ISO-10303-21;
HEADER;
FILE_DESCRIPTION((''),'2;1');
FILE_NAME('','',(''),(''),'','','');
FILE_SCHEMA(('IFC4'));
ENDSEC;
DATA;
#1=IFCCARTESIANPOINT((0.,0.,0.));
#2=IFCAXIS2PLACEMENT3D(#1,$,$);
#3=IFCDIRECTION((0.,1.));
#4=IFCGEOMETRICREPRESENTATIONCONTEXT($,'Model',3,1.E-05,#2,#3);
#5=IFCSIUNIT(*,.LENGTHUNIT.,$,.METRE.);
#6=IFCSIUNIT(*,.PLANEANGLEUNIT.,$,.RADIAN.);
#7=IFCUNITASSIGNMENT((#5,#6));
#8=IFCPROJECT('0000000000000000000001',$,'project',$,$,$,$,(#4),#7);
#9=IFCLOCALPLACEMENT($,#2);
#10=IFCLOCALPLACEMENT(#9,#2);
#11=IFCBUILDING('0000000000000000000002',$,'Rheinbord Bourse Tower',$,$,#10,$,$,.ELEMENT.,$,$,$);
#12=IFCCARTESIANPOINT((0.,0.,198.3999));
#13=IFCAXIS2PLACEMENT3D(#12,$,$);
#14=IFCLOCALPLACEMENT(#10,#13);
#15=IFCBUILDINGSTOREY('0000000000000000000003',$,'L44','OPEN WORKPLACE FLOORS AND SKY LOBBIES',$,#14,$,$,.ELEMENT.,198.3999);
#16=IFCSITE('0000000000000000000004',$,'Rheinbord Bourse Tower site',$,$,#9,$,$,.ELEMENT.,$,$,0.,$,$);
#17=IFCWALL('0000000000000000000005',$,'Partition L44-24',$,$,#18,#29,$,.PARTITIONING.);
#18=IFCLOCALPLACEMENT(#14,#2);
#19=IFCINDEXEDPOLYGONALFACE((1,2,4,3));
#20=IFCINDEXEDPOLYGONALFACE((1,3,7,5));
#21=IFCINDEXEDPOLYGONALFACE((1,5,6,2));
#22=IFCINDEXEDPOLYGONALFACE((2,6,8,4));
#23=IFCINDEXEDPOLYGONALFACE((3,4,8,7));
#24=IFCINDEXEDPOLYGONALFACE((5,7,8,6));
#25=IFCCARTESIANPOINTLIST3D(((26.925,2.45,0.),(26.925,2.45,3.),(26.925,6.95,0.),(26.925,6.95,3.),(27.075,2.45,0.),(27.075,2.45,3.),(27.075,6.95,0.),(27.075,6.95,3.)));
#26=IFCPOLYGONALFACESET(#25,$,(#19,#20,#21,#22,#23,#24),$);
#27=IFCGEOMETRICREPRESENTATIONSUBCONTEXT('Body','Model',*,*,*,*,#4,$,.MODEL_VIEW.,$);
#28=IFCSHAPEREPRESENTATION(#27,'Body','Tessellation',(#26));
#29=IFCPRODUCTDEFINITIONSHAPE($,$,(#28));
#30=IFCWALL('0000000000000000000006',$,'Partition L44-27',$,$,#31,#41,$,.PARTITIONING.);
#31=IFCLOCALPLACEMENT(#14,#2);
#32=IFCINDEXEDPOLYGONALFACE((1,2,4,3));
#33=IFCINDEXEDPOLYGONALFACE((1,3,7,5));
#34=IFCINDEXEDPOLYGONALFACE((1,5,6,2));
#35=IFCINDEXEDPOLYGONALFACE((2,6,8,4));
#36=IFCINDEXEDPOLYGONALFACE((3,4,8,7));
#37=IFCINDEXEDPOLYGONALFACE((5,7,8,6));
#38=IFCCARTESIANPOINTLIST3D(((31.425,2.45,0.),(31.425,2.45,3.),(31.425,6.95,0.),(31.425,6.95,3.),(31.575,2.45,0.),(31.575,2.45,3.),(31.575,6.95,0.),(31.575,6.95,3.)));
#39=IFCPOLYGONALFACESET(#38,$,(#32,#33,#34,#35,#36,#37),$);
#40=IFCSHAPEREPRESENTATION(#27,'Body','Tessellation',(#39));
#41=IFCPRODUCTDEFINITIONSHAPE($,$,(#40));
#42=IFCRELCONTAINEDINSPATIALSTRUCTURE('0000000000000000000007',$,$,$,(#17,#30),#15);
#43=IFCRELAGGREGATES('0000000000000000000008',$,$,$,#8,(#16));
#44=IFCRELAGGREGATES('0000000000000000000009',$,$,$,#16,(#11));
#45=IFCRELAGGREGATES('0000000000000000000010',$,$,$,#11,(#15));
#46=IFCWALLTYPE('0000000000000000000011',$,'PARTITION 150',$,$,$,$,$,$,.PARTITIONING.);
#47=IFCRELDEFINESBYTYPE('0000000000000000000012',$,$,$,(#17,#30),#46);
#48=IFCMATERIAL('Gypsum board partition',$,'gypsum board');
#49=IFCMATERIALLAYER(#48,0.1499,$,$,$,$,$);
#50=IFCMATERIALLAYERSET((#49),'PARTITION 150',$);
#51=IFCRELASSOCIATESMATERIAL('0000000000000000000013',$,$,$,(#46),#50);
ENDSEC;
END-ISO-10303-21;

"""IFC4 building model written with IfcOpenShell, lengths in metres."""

from ifc_helpers import new_model, si_unit, direction, frame, frame_2d, origin, place, context, subcontext, project, spatial, rectangle, extrude, material, layer, layer_set, type_object, element, save


model = new_model("IFC4")

# Units and contexts
model_context = context("Model", 3, precision=1e-05, world=origin(), true_north=direction((0.0, 1.0)))
body_context = subcontext(model_context, "Body", "Model", "MODEL_VIEW")
ifc_project = project(units=[si_unit("LENGTHUNIT", "METRE"), si_unit("PLANEANGLEUNIT", "RADIAN")], contexts=[model_context])

# Site, building, storey
site_placement = place(None, origin())
site = spatial("IfcSite", under=ifc_project, at=site_placement, Name="Rheinbord Bourse Tower site", CompositionType="ELEMENT", RefElevation=0.0)
building_placement = place(site_placement, origin())
building = spatial("IfcBuilding", under=site, at=building_placement, Name="Rheinbord Bourse Tower", CompositionType="ELEMENT")
storey_placement = place(building_placement, frame((0.0, 0.0, 198.3999)))
storey = spatial("IfcBuildingStorey", under=building, at=storey_placement, Name="L44", Description="OPEN WORKPLACE FLOORS AND SKY LOBBIES", CompositionType="ELEMENT", Elevation=198.3999)

# Shared definitions
ifc_material_1 = material(Name="Gypsum board partition", Category="gypsum board")
ifc_layer_1 = layer(ifc_material_1, 0.1499)
ifc_layer_set_1 = layer_set([ifc_layer_1], Name="PARTITION 150")
wall_type_1 = type_object("IfcWallType", Name="PARTITION 150", PredefinedType="PARTITIONING", material=ifc_layer_set_1)

# Walls
for number, where, z_axis, x_axis, name in (
    (1, (27.0, 2.45, 0.0), (0.0, 0.0, 1.0), (0.0, 1.0, 0.0), "Partition L44-24"),
    (2, (31.5, 2.45, 0.0), (0.0, 0.0, 1.0), (0.0, 1.0, 0.0), "Partition L44-27"),
):
    element("IfcWall", number, at=place(storey_placement, frame(where, z_axis=z_axis, x_axis=x_axis)), inside=storey, type_object=wall_type_1, Name=name, PredefinedType="PARTITIONING", context=body_context, shape_type="SweptSolid", body=[
        extrude(rectangle(XDim=4.5, YDim=0.1499, at=frame_2d((2.25, 0.0))), origin(), (0.0, 0.0, 1.0), 3.0),
    ])

save(model, "model.ifc")
